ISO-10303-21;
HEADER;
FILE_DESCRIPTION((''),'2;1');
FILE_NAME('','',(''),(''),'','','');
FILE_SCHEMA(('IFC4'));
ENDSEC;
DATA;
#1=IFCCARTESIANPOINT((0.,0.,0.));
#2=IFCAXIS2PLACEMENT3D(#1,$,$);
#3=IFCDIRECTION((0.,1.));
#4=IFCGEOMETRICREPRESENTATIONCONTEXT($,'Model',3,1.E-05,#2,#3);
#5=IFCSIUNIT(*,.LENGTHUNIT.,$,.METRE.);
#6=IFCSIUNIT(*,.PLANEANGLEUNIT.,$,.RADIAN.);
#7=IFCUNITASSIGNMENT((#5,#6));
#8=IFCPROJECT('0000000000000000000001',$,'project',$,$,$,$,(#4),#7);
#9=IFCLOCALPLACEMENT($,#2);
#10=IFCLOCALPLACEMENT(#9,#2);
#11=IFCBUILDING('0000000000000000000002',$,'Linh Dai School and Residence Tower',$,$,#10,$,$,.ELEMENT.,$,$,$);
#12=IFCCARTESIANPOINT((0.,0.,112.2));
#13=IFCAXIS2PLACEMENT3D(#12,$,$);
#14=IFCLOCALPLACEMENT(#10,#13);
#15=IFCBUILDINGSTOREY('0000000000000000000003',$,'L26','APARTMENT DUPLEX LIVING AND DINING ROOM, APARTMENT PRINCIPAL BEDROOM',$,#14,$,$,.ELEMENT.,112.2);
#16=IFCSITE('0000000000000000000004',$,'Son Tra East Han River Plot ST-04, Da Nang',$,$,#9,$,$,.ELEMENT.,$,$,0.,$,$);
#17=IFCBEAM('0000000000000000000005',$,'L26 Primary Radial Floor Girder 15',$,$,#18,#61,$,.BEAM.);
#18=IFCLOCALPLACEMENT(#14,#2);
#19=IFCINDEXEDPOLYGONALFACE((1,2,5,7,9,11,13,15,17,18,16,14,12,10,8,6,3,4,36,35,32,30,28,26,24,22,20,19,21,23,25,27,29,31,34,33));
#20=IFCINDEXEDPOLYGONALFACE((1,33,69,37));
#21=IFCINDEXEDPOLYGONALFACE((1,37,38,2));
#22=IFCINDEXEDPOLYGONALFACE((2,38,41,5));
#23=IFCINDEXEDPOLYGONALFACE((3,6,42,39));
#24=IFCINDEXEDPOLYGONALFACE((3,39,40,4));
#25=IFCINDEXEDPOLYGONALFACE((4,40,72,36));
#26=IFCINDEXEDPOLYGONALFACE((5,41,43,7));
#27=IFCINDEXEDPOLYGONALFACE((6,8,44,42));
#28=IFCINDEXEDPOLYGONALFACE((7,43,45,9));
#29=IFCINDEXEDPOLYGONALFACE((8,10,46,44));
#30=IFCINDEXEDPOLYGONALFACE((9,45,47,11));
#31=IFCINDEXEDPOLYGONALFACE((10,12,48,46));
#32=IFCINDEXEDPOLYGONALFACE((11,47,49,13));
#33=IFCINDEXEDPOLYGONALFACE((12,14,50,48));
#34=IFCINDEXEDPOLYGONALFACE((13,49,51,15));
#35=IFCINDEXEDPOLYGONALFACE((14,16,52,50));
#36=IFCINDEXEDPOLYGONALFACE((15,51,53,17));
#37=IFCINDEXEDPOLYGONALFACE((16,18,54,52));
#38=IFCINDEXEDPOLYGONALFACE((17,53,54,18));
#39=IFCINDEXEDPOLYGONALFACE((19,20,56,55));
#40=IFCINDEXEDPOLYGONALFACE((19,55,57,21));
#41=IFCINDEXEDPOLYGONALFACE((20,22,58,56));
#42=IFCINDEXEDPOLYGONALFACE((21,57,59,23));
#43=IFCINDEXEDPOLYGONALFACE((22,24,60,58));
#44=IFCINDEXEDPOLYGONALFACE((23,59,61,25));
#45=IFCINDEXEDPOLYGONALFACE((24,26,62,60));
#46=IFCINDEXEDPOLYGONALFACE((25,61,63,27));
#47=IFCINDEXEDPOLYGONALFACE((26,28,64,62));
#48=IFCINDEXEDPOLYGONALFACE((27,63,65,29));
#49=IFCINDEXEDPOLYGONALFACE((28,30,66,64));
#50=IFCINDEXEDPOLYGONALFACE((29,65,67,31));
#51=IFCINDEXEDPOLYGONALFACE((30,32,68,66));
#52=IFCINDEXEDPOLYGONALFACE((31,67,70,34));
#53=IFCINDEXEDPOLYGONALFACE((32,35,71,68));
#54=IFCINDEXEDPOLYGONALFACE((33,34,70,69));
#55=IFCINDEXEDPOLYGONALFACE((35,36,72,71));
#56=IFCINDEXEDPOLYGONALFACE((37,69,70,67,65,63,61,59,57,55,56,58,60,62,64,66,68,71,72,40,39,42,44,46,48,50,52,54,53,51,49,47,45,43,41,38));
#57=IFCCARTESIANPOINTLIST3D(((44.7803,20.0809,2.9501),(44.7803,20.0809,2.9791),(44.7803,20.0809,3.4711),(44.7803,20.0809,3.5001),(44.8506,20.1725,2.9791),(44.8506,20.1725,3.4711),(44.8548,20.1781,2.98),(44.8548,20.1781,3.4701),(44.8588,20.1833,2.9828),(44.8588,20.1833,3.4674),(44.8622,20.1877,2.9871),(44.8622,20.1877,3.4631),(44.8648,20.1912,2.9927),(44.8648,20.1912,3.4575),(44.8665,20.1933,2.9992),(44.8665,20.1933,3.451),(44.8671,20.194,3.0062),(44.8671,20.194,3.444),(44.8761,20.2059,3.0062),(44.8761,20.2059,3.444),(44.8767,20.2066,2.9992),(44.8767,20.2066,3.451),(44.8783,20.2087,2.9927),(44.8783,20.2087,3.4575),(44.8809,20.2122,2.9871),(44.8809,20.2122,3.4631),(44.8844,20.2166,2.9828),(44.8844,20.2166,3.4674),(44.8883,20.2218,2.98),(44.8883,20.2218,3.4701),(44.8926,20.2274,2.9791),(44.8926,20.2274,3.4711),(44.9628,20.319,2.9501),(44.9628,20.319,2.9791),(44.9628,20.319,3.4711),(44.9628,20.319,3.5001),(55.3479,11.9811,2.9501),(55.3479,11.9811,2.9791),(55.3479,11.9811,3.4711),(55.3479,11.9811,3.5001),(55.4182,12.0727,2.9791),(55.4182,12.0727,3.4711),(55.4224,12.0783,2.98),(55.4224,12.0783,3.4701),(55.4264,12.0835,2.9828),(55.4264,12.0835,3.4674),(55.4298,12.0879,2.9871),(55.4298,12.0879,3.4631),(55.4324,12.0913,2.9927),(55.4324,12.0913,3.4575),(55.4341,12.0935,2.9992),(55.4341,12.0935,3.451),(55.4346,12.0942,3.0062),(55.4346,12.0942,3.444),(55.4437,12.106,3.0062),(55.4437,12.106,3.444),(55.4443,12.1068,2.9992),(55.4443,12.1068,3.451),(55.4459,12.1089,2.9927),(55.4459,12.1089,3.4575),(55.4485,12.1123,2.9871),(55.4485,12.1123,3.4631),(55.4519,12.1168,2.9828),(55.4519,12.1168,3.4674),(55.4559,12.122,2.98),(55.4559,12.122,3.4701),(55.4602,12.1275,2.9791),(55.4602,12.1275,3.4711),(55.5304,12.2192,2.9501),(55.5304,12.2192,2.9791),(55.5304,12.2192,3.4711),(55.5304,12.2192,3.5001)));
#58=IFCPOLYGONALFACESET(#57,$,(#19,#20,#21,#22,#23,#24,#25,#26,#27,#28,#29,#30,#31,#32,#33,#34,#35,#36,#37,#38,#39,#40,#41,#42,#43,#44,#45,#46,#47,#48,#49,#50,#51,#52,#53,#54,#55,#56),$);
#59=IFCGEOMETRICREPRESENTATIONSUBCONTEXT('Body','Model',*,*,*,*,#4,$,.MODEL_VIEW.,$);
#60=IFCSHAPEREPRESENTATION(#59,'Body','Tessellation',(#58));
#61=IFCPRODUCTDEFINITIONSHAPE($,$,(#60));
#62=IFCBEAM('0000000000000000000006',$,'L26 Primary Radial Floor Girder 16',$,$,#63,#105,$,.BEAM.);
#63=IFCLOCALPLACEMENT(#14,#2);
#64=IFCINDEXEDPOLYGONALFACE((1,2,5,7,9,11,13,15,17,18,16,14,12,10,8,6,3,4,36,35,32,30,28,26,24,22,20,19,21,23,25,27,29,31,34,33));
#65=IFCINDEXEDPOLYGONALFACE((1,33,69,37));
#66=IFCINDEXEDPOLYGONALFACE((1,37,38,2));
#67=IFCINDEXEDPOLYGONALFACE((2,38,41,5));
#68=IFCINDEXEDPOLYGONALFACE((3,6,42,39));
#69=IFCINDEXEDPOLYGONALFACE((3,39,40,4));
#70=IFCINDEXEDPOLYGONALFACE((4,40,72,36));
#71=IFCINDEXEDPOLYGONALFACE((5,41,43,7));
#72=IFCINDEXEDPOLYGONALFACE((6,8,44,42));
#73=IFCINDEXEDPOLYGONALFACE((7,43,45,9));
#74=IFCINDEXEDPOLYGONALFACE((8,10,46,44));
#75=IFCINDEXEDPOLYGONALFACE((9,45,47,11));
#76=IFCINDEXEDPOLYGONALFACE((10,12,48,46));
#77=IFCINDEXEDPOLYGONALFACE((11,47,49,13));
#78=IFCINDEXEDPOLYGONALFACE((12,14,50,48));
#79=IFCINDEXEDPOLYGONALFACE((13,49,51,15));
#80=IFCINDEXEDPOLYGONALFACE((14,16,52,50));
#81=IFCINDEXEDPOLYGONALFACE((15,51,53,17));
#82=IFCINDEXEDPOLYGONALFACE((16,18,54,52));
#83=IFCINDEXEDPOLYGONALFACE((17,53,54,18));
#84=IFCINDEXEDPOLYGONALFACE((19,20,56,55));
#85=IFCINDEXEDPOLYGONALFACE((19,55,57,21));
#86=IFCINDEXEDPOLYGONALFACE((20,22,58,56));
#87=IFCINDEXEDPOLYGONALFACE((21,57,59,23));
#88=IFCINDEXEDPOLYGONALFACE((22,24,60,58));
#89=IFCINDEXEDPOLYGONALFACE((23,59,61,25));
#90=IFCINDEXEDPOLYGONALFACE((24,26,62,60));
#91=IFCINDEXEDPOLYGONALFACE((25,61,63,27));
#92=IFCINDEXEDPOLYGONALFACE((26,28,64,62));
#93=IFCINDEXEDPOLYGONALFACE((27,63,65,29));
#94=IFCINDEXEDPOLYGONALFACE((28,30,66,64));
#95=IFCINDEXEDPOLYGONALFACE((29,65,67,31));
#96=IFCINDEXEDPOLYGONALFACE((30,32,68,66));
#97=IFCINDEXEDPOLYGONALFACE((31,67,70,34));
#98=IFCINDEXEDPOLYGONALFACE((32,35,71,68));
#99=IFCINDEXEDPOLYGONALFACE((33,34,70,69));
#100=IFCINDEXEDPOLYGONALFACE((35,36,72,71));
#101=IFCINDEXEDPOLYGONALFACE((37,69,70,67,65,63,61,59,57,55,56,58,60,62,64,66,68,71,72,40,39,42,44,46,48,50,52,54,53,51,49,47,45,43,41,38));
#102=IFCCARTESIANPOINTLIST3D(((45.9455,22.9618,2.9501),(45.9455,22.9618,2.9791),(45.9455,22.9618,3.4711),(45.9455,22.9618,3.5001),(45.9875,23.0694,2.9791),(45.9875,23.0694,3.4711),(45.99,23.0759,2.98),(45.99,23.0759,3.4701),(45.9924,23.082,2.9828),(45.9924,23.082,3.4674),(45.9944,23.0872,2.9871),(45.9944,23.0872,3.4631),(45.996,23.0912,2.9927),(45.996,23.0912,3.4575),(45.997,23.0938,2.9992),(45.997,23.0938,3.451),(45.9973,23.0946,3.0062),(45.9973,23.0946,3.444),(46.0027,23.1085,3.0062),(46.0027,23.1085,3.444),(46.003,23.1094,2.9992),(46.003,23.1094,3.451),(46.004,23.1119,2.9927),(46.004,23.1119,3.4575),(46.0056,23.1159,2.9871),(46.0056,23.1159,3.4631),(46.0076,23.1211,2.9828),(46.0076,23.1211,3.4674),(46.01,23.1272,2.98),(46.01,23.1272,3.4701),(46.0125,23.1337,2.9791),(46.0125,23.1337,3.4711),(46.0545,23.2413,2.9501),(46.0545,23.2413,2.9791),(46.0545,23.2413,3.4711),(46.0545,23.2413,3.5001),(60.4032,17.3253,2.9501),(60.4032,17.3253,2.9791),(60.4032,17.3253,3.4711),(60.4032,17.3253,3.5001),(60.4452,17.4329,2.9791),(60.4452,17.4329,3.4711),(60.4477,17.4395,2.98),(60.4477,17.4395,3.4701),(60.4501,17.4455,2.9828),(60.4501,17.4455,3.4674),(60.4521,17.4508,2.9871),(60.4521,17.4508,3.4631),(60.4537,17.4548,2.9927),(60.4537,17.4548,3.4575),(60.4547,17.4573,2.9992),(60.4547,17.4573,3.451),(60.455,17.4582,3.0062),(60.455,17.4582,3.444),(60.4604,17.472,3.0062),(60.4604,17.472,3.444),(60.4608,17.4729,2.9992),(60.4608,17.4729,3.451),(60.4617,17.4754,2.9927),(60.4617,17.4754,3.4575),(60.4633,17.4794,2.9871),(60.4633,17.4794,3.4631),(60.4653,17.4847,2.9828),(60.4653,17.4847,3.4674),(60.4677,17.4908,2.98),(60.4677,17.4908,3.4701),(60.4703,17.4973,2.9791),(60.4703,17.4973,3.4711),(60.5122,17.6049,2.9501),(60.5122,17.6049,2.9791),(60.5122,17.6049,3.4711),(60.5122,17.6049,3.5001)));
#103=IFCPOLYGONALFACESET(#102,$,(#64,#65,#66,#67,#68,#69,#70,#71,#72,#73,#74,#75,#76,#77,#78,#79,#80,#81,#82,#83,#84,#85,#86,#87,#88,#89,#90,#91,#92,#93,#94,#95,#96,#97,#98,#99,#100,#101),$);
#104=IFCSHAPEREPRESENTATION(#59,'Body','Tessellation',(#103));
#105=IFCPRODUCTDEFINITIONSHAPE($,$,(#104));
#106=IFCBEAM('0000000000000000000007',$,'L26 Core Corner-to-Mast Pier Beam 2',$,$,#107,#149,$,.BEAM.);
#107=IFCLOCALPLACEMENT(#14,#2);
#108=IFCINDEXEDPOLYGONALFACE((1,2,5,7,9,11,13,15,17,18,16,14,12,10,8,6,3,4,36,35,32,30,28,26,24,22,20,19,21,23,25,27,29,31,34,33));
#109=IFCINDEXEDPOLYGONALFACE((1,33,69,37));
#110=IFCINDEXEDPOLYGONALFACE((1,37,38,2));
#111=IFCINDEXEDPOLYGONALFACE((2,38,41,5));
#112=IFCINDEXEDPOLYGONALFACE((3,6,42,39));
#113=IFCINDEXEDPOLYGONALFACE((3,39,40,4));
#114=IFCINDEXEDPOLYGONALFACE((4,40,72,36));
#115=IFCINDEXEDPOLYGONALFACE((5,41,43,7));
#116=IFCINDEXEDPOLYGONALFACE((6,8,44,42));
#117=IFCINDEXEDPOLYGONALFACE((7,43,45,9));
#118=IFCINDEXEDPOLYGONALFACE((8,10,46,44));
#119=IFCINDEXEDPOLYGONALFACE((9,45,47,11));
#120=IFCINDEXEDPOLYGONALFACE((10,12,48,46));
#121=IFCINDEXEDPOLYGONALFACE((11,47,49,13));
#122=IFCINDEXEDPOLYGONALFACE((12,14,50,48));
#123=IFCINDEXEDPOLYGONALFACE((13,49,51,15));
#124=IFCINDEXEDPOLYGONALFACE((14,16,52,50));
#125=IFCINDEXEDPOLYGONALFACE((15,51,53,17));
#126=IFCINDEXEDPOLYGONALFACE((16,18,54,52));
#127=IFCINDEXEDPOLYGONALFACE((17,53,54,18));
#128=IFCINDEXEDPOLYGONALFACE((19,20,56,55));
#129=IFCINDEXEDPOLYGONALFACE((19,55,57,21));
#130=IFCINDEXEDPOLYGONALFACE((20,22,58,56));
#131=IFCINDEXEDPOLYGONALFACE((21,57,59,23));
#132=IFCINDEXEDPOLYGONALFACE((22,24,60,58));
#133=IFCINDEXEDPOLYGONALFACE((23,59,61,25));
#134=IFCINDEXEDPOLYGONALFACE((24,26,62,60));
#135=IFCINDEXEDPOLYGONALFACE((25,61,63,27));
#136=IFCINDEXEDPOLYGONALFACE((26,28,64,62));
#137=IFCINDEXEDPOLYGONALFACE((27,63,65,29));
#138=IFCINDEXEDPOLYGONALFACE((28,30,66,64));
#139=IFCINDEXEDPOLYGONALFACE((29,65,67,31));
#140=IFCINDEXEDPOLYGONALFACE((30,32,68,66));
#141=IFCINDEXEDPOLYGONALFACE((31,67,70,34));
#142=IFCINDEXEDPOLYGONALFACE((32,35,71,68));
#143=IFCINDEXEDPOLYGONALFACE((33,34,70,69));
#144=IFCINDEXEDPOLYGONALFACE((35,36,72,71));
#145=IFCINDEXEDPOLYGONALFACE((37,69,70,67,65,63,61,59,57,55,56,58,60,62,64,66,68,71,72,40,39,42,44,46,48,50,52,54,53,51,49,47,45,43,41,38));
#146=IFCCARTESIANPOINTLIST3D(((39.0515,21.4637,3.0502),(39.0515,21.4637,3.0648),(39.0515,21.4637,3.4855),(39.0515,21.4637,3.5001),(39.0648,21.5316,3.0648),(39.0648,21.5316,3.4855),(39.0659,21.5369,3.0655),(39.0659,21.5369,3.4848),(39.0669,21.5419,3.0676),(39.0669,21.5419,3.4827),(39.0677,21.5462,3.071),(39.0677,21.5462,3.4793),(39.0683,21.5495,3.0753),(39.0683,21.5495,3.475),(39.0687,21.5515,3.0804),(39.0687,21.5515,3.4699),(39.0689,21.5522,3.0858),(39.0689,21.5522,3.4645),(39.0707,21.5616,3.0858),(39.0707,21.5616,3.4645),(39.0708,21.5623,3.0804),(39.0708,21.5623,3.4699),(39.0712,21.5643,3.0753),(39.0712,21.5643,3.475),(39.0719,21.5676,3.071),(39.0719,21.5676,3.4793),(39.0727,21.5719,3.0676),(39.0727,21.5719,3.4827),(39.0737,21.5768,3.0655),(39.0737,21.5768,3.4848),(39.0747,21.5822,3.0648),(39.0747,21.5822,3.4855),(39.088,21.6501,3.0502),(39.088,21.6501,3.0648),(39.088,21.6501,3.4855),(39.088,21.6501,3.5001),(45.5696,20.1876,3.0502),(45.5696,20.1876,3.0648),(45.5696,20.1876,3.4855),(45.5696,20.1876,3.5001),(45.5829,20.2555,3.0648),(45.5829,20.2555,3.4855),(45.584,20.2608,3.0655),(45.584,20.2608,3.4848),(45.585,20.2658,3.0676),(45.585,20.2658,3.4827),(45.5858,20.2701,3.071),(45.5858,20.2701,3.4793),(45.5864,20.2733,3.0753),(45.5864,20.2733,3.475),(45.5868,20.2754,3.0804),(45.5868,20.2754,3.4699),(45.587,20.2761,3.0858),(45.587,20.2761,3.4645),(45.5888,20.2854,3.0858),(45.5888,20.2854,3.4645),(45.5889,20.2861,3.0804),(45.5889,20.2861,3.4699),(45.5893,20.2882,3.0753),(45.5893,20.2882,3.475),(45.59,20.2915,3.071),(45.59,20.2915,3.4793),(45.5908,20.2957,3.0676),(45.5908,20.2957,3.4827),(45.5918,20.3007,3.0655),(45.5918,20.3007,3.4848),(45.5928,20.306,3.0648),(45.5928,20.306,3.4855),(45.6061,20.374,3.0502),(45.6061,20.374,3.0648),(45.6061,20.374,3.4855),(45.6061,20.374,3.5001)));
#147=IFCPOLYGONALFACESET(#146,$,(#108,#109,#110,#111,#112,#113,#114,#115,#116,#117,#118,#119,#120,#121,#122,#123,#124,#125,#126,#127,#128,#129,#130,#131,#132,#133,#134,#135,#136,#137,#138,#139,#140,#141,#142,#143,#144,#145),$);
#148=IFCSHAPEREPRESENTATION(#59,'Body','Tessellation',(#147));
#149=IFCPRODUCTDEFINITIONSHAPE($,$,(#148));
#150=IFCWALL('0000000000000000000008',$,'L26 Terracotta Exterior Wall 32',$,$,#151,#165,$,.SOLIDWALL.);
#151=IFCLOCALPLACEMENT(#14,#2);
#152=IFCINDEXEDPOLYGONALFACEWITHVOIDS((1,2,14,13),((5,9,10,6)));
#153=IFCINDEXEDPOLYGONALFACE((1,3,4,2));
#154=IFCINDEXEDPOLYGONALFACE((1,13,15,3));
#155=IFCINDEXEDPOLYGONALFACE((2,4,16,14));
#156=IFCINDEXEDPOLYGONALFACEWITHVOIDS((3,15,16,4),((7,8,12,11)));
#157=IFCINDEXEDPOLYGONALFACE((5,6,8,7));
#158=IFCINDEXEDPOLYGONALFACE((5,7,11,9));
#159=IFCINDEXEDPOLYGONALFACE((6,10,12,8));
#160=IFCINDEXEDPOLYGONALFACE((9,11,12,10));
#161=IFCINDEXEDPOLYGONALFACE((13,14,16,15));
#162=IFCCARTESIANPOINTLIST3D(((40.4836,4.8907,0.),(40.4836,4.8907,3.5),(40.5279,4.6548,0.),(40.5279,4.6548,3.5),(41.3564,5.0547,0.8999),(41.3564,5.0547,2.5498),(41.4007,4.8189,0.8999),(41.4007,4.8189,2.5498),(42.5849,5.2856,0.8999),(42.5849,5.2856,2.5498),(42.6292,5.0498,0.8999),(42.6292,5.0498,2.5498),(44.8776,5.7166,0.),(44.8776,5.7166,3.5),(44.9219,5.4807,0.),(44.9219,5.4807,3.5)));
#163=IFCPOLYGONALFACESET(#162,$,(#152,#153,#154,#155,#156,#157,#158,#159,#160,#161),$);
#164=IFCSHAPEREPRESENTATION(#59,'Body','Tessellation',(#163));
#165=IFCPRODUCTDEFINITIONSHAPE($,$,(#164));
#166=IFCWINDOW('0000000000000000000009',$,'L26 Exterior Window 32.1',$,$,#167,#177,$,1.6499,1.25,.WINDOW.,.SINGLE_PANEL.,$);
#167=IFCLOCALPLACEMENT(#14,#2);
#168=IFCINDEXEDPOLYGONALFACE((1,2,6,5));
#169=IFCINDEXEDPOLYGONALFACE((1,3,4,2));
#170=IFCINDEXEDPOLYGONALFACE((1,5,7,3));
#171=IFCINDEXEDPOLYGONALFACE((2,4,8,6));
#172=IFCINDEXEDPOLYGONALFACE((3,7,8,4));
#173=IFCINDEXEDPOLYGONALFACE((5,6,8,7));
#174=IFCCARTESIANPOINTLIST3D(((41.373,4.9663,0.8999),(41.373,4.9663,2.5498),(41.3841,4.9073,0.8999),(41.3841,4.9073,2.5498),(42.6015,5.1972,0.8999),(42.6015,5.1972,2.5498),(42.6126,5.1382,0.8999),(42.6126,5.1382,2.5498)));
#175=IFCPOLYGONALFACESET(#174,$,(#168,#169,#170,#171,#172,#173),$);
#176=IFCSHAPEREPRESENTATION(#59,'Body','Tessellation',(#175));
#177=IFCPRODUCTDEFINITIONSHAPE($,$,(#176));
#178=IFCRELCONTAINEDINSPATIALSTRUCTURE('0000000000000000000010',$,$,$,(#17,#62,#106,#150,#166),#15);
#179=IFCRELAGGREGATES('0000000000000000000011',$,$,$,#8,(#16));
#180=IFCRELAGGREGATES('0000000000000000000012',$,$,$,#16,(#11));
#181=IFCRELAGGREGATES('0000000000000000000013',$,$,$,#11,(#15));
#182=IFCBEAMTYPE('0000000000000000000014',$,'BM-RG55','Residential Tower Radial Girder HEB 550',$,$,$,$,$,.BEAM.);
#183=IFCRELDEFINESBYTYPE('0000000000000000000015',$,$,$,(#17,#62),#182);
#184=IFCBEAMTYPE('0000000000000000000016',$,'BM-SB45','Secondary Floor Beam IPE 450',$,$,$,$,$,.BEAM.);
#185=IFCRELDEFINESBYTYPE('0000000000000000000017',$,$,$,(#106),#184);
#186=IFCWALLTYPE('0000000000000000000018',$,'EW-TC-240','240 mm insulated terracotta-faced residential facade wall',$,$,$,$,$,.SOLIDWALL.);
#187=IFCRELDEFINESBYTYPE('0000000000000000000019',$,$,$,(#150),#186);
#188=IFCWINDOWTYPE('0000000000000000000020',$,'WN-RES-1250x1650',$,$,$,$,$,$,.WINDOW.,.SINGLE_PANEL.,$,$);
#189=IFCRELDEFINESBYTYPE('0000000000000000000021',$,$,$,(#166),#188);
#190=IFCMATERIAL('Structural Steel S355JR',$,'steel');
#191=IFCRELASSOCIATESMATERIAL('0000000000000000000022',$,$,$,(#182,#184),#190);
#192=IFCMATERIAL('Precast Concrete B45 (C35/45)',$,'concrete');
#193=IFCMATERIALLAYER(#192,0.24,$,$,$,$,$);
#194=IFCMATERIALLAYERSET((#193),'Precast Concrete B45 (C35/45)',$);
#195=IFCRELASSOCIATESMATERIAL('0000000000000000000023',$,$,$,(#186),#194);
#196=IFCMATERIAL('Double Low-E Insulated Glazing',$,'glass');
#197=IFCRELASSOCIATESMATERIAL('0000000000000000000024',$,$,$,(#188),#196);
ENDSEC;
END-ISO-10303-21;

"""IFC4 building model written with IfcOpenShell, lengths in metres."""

from ifc_helpers import new_model, si_unit, direction, frame, frame_2d, origin, origin_2d, place, context, subcontext, project, spatial, rectangle, i_section, extrude, source, transform, mapped, material, layer, layer_set, material_profile, profile_set, type_object, element, fill, save


model = new_model("IFC4")

# Units and contexts
model_context = context("Model", 3, precision=1e-05, world=origin(), true_north=direction((0.0, 1.0)))
body_context = subcontext(model_context, "Body", "Model", "MODEL_VIEW")
ifc_project = project(units=[si_unit("LENGTHUNIT", "METRE"), si_unit("PLANEANGLEUNIT", "RADIAN")], contexts=[model_context])

# Site, building, storey
site_placement = place(None, origin())
site = spatial("IfcSite", under=ifc_project, at=site_placement, Name="Son Tra East Han River Plot ST-04, Da Nang", CompositionType="ELEMENT", RefElevation=0.0)
building_placement = place(site_placement, origin())
building = spatial("IfcBuilding", under=site, at=building_placement, Name="Linh Dai School and Residence Tower", CompositionType="ELEMENT")
storey_placement = place(building_placement, frame((0.0, 0.0, 112.2)))
storey = spatial("IfcBuildingStorey", under=building, at=storey_placement, Name="L26", Description="APARTMENT DUPLEX LIVING AND DINING ROOM, APARTMENT PRINCIPAL BEDROOM", CompositionType="ELEMENT", Elevation=112.2)

# Shared definitions
ifc_material_1 = material(Name="Structural Steel S355JR", Category="steel")

# Beams
ifc_material_profile_1 = material_profile(ifc_material_1, i_section(OverallWidth=0.3, OverallDepth=0.55, WebThickness=0.0149, FlangeThickness=0.0291, FilletRadius=0.0271, at=origin_2d()), Name="HEB 550")
ifc_profile_set_1 = profile_set([ifc_material_profile_1], Name="Structural Steel S355JR")
beam_type_1 = type_object("IfcBeamType", Name="BM-RG55", Description="Residential Tower Radial Girder HEB 550", PredefinedType="BEAM", material=ifc_profile_set_1)
beam_1_placement = place(storey_placement, frame((44.8716, 20.2, 3.2251), z_axis=(0.793679, -0.608337, 0.0), x_axis=(0.608337, 0.793679, 0.0)))
element("IfcBeam", 1, at=beam_1_placement, inside=storey, type_object=beam_type_1, Name="L26 Primary Radial Floor Girder 15", PredefinedType="BEAM", context=body_context, shape_type="SweptSolid", body=[
    extrude(i_section(OverallWidth=0.3, OverallDepth=0.55, WebThickness=0.0149, FlangeThickness=0.0291, FilletRadius=0.0271, at=origin_2d()), origin(), (0.0, 0.0, 1.0), 13.3147),
])
beam_2_placement = place(storey_placement, frame((46.0, 23.1016, 3.2251), z_axis=(0.931699, -0.36323, 0.0), x_axis=(0.36323, 0.931699, 0.0)))
element("IfcBeam", 2, at=beam_2_placement, inside=storey, type_object=beam_type_1, Name="L26 Primary Radial Floor Girder 16", PredefinedType="BEAM", context=body_context, shape_type="SweptSolid", body=[
    extrude(i_section(OverallWidth=0.3, OverallDepth=0.55, WebThickness=0.0149, FlangeThickness=0.0291, FilletRadius=0.0271, at=origin_2d()), origin(), (0.0, 0.0, 1.0), 15.5176),
])
ifc_material_profile_2 = material_profile(ifc_material_1, i_section(OverallWidth=0.1899, OverallDepth=0.45, WebThickness=0.0095, FlangeThickness=0.0146, FilletRadius=0.021, at=origin_2d()), Name="IPE 450")
ifc_profile_set_2 = profile_set([ifc_material_profile_2], Name="Structural Steel S355JR")
beam_type_2 = type_object("IfcBeamType", Name="BM-SB45", Description="Secondary Floor Beam IPE 450", PredefinedType="BEAM", material=ifc_profile_set_2)
beam_3_placement = place(storey_placement, frame((45.5879, 20.2808, 3.2751), z_axis=(-0.981369, 0.192135, 0.0), x_axis=(-0.192135, -0.981369, 0.0)))
element("IfcBeam", 3, at=beam_3_placement, inside=storey, type_object=beam_type_2, Name="L26 Core Corner-to-Mast Pier Beam 2", PredefinedType="BEAM", context=body_context, shape_type="SweptSolid", body=[
    extrude(i_section(OverallWidth=0.1899, OverallDepth=0.45, WebThickness=0.0095, FlangeThickness=0.0146, FilletRadius=0.021, at=origin_2d()), origin(), (0.0, 0.0, 1.0), 6.6418),
])

# Wall, opening, window
ifc_material_2 = material(Name="Precast Concrete B45 (C35/45)", Category="concrete")
ifc_layer_1 = layer(ifc_material_2, 0.24)
ifc_layer_set_1 = layer_set([ifc_layer_1], Name="Precast Concrete B45 (C35/45)")
wall_type_1 = type_object("IfcWallType", Name="EW-TC-240", Description="240 mm insulated terracotta-faced residential facade wall", PredefinedType="SOLIDWALL", material=ifc_layer_set_1)
wall_1_placement = place(storey_placement, frame((44.8997, 5.5986, 0.0), z_axis=(0.0, 0.0, 1.0), x_axis=(-0.982789, -0.18473, 0.0)))
wall_1 = element("IfcWall", 4, at=wall_1_placement, inside=storey, type_object=wall_type_1, Name="L26 Terracotta Exterior Wall 32", PredefinedType="SOLIDWALL", context=body_context, shape_type="SweptSolid", body=[
    extrude(rectangle(XDim=4.4709, YDim=0.24, at=frame_2d((2.2354, 0.0))), origin(), (0.0, 0.0, 1.0), 3.5),
])
opening_1_placement = place(wall_1_placement, frame((2.3328, 0.0, 0.8999)))
opening_1 = element("IfcOpeningElement", 5, at=opening_1_placement, cuts=wall_1, PredefinedType="OPENING", context=body_context, shape_type="SweptSolid", body=[
    extrude(rectangle(XDim=1.25, YDim=1.6499, at=origin_2d()), frame((0.625, 0.1299, 0.825), z_axis=(0.0, -1.0, 0.0), x_axis=(1.0, 0.0, 0.0)), (0.0, 0.0, 1.0), 0.26),
])
ifc_material_3 = material(Name="Double Low-E Insulated Glazing", Category="glass")
window_type_1 = type_object("IfcWindowType", Name="WN-RES-1250x1650", PartitioningType="SINGLE_PANEL", PredefinedType="WINDOW", material=ifc_material_3)
shared_shape_1 = source(origin(), body_context, "Body", "SweptSolid", [
    extrude(rectangle(XDim=1.25, YDim=1.6499, at=origin_2d()), frame((0.625, 0.03, 0.825), z_axis=(0.0, -1.0, 0.0), x_axis=(1.0, 0.0, 0.0)), (0.0, 0.0, 1.0), 0.0601),
])
window_1_placement = place(opening_1_placement, origin())
window_1 = element("IfcWindow", 6, at=window_1_placement, inside=storey, type_object=window_type_1, Name="L26 Exterior Window 32.1", OverallHeight=1.6499, OverallWidth=1.25, PartitioningType="SINGLE_PANEL", PredefinedType="WINDOW", context=body_context, shape_type="MappedRepresentation", body=[
    mapped(shared_shape_1, transform((0.0, 0.0, 0.0), x_axis=(1.0, 0.0, 0.0), y_axis=(0.0, 1.0, 0.0), z_axis=(0.0, 0.0, 1.0), scale=1.0)),
])
fill(opening_1, window_1)

save(model, "model.ifc")
